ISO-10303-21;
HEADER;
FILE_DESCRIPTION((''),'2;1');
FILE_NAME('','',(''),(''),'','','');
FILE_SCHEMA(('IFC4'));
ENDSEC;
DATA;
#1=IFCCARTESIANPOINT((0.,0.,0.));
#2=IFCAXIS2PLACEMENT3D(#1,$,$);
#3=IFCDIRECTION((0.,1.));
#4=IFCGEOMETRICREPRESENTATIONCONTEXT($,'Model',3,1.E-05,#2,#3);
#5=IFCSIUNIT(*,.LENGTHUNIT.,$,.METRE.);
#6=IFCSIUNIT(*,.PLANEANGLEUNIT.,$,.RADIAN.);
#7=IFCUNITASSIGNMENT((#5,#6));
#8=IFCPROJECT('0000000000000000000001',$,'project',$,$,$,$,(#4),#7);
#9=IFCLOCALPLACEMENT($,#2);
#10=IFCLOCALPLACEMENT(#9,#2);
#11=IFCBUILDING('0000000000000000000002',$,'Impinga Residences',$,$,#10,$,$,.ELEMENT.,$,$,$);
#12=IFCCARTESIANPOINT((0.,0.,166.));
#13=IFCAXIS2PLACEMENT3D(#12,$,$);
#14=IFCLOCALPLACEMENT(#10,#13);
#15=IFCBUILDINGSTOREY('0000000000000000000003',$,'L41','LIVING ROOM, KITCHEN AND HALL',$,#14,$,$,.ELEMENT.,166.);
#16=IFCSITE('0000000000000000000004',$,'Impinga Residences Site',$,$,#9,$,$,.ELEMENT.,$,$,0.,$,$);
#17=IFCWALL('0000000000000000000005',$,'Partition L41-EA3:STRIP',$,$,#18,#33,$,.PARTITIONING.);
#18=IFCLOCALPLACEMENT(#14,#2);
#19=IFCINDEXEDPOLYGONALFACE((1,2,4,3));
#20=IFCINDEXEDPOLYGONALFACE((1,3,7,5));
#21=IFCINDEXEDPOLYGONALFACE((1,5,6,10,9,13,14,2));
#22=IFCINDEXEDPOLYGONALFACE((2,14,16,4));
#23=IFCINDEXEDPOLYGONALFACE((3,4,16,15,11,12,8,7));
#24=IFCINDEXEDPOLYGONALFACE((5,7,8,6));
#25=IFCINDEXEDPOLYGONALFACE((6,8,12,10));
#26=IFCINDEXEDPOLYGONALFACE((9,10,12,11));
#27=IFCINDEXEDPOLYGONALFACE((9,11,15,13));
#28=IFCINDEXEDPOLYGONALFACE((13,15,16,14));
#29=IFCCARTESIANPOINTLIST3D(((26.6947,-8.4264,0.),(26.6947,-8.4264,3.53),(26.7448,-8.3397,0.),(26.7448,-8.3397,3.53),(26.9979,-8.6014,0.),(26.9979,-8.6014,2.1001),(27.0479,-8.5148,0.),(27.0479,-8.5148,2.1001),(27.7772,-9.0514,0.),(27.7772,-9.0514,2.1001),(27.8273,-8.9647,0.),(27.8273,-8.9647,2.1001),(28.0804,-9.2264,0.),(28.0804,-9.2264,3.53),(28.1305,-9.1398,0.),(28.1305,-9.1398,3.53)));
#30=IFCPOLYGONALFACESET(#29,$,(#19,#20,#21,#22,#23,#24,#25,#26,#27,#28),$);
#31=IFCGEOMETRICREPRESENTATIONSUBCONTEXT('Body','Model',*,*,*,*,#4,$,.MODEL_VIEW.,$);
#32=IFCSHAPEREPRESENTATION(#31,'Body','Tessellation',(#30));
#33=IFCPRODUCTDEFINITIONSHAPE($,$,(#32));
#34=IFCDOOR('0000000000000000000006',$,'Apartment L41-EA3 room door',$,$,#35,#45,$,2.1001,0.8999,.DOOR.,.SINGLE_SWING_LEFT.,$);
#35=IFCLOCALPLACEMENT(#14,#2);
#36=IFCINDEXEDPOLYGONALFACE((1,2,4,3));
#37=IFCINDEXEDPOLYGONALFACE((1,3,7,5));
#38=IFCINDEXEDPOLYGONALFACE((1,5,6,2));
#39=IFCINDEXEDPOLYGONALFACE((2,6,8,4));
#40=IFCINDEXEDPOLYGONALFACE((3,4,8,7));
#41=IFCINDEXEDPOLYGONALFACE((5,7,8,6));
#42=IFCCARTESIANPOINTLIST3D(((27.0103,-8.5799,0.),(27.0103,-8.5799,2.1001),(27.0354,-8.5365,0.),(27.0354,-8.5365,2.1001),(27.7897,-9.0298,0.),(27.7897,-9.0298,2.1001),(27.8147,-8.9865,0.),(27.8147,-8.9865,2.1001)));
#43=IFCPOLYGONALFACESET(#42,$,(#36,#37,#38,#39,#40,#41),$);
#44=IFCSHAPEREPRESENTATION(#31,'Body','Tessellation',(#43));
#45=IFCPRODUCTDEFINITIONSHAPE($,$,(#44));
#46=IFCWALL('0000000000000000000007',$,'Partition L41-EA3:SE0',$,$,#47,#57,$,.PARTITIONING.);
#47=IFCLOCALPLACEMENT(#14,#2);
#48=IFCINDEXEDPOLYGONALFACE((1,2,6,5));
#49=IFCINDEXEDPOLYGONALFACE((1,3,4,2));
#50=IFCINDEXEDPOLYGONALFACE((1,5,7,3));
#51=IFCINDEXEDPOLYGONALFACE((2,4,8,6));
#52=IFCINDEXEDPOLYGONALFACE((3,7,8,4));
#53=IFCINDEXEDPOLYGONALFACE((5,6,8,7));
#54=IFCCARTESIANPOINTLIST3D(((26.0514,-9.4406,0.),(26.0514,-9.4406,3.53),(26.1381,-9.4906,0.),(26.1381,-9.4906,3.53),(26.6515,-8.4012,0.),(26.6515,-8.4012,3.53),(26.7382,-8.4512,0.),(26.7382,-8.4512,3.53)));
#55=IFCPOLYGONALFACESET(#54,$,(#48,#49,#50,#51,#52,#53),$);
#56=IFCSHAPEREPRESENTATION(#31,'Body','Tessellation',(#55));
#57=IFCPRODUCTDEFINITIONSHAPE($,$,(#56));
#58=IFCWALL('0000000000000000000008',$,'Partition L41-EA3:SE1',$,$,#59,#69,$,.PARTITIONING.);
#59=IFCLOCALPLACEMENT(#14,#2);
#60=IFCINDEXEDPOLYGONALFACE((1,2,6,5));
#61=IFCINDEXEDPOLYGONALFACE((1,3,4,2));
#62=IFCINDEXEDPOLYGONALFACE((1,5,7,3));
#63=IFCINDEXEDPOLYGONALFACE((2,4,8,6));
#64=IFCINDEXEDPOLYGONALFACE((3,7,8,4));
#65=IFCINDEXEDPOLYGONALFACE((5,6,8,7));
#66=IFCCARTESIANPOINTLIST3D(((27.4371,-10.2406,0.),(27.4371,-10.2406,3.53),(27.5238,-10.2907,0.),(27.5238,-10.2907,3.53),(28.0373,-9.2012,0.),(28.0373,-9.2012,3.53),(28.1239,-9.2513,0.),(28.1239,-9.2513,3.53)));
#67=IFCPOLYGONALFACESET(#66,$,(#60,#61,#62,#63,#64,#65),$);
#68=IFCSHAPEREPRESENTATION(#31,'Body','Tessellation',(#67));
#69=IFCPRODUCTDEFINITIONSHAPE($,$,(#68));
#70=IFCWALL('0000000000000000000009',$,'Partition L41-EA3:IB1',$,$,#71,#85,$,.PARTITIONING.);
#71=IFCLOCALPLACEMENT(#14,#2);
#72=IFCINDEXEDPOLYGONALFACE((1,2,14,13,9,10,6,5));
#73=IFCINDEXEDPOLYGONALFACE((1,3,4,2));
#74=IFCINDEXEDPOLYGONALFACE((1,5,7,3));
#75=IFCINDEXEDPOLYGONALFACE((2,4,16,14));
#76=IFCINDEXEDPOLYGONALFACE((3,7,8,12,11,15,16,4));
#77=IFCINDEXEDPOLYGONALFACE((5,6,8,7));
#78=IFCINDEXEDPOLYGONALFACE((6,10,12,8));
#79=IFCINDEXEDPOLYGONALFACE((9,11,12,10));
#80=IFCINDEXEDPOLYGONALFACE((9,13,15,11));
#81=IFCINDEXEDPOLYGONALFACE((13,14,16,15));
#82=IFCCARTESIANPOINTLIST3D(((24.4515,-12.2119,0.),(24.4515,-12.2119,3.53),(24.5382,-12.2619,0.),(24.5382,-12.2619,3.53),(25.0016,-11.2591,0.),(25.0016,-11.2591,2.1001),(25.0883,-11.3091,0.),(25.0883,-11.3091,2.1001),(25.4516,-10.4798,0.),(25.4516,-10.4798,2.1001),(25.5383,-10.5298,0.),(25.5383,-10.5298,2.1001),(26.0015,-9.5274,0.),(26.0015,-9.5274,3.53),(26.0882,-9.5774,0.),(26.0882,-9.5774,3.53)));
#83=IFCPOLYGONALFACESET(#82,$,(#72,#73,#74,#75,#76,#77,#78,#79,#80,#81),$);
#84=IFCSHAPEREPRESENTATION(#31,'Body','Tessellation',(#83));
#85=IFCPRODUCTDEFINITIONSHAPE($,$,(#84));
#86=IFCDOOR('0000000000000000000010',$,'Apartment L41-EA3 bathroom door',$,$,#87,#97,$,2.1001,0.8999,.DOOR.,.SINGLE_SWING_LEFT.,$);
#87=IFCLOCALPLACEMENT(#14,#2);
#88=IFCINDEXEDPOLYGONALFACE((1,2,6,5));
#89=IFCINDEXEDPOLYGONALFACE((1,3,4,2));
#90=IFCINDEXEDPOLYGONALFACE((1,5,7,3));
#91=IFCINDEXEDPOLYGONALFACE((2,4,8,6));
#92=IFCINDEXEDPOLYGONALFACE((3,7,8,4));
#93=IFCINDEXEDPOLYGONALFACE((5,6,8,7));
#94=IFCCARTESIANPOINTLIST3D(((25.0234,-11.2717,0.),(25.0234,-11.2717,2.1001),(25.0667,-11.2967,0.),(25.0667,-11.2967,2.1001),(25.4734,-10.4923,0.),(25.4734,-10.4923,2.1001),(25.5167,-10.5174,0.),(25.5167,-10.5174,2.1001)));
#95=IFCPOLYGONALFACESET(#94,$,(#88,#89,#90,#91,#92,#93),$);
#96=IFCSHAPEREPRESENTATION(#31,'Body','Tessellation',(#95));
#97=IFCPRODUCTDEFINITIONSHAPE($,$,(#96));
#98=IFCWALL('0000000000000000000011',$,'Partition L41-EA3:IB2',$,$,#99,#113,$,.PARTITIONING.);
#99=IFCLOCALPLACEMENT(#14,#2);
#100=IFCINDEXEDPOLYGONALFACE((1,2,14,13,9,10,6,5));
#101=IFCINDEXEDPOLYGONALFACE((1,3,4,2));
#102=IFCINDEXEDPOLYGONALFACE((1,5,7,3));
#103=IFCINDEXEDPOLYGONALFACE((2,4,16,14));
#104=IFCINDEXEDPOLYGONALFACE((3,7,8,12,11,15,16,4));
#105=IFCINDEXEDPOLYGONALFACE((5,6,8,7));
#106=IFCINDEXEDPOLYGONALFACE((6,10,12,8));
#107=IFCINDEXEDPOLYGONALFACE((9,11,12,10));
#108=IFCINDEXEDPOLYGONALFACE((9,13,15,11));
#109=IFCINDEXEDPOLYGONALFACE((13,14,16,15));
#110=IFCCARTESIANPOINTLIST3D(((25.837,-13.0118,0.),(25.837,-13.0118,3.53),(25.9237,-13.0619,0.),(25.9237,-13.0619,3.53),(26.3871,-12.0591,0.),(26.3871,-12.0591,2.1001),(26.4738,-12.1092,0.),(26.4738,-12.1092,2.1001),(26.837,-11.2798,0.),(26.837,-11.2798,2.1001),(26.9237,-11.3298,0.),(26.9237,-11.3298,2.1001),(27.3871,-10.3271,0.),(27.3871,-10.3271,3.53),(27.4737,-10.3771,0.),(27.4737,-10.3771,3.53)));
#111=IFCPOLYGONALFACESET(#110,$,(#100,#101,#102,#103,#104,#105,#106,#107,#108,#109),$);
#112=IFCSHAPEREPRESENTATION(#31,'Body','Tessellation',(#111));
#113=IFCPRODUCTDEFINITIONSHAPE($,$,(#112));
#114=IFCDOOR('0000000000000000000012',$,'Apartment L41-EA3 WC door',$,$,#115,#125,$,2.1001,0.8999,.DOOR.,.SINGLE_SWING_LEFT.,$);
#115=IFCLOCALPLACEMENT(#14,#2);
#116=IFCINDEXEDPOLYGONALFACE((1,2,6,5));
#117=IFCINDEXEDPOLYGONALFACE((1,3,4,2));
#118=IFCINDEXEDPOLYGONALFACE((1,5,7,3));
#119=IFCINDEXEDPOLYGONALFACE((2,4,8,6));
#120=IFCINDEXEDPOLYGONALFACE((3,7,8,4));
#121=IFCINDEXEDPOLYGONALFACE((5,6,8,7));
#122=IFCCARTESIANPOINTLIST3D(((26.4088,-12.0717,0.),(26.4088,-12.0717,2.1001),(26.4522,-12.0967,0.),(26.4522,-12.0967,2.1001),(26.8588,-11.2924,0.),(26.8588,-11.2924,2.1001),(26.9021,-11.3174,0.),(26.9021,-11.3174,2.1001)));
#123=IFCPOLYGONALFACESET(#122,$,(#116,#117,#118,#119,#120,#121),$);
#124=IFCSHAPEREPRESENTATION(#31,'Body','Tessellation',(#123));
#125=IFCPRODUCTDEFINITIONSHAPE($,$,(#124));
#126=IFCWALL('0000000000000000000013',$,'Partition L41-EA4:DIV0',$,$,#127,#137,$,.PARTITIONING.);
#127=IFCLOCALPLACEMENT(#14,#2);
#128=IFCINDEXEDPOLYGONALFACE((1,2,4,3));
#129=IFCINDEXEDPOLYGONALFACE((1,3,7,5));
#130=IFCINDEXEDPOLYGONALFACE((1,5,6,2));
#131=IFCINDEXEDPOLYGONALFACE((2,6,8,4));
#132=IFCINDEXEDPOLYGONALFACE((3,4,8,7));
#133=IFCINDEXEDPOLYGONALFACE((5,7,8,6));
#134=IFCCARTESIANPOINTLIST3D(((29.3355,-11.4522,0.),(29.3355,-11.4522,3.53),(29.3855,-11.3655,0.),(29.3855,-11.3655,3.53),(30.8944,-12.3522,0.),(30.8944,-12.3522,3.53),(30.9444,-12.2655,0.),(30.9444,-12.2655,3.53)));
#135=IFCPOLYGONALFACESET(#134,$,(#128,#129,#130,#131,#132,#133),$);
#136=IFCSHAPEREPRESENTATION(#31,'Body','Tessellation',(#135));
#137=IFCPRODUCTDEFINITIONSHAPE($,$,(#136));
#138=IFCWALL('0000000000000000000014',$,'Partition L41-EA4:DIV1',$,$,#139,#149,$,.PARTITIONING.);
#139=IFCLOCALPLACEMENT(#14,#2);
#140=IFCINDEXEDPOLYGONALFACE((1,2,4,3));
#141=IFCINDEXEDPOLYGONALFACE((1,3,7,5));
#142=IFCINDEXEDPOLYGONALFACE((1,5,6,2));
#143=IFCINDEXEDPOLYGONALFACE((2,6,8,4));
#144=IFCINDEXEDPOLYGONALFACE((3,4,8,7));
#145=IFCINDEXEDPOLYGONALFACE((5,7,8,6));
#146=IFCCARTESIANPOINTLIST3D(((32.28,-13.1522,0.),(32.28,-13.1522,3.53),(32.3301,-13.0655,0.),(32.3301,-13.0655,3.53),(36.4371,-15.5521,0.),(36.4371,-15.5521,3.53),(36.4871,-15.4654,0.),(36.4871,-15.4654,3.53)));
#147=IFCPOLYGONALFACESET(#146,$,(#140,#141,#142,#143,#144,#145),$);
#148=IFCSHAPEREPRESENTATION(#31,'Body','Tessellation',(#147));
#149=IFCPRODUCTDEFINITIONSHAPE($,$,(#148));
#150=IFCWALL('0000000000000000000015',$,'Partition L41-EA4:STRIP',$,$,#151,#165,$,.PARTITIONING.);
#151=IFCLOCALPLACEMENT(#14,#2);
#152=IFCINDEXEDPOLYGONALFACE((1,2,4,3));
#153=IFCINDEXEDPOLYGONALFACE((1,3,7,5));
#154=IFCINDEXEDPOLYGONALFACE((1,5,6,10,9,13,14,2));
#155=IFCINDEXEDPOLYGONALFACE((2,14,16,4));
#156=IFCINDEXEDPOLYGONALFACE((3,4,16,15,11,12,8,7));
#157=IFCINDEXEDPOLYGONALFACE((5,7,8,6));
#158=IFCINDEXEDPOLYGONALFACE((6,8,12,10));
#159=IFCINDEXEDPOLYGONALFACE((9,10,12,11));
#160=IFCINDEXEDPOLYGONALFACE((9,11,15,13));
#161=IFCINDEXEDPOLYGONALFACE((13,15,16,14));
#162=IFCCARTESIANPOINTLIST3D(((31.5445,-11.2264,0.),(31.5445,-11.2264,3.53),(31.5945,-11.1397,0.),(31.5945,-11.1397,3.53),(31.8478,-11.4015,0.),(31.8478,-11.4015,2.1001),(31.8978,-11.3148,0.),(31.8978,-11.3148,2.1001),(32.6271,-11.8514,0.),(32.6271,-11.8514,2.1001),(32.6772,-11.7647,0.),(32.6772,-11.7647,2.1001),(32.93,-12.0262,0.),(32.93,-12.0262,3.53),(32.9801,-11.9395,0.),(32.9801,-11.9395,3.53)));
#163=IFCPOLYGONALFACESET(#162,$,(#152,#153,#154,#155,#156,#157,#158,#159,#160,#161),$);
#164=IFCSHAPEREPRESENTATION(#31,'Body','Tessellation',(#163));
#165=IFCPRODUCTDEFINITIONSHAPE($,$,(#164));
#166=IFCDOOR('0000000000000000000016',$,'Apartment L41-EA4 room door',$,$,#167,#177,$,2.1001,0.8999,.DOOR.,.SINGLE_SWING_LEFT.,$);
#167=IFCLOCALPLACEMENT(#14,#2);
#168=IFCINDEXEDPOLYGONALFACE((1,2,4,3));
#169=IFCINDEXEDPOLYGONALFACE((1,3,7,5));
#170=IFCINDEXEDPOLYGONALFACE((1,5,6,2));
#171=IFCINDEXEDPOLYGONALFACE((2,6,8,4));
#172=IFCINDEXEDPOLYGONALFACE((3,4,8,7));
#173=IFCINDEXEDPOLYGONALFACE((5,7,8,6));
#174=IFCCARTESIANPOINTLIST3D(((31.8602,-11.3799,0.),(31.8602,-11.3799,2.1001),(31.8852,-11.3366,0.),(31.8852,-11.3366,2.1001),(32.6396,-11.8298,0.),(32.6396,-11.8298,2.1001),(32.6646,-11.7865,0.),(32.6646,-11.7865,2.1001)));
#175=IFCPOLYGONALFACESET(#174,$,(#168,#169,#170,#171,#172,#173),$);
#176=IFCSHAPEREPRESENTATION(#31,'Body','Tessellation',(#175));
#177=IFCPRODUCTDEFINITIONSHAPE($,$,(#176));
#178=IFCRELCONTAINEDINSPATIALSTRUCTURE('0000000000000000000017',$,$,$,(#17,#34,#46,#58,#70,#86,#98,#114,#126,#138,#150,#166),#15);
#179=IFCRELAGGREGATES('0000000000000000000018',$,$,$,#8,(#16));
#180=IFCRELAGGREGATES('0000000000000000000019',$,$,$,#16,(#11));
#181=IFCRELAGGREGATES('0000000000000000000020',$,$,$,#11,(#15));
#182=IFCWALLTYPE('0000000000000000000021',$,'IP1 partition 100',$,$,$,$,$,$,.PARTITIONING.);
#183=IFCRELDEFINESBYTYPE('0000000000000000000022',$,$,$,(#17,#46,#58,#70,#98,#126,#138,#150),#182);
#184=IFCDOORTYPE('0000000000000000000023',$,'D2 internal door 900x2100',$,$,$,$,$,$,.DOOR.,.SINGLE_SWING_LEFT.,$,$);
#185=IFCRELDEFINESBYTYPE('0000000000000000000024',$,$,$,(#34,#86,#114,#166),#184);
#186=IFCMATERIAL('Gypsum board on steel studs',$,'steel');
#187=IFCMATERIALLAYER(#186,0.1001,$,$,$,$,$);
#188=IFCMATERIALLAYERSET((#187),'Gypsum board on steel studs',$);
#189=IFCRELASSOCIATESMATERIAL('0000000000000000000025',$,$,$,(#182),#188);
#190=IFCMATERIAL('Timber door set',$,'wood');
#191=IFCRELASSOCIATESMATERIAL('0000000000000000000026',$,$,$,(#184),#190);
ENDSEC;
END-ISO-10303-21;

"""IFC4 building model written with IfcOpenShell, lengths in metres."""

from ifc_helpers import new_model, si_unit, direction, frame, frame_2d, origin, place, context, subcontext, project, spatial, rectangle, extrude, material, layer, layer_set, type_object, element, fill, save


model = new_model("IFC4")

# Units and contexts
model_context = context("Model", 3, precision=1e-05, world=origin(), true_north=direction((0.0, 1.0)))
body_context = subcontext(model_context, "Body", "Model", "MODEL_VIEW")
ifc_project = project(units=[si_unit("LENGTHUNIT", "METRE"), si_unit("PLANEANGLEUNIT", "RADIAN")], contexts=[model_context])

# Site, building, storey
site_placement = place(None, origin())
site = spatial("IfcSite", under=ifc_project, at=site_placement, Name="Impinga Residences Site", CompositionType="ELEMENT", RefElevation=0.0)
building_placement = place(site_placement, origin())
building = spatial("IfcBuilding", under=site, at=building_placement, Name="Impinga Residences", CompositionType="ELEMENT")
storey_placement = place(building_placement, frame((0.0, 0.0, 166.0)))
storey = spatial("IfcBuildingStorey", under=building, at=storey_placement, Name="L41", Description="LIVING ROOM, KITCHEN AND HALL", CompositionType="ELEMENT", Elevation=166.0)

# Shared definitions
ifc_material_1 = material(Name="Timber door set", Category="wood")

# Shared definitions
ifc_material_2 = material(Name="Gypsum board on steel studs", Category="steel")
ifc_layer_1 = layer(ifc_material_2, 0.1001)
ifc_layer_set_1 = layer_set([ifc_layer_1], Name="Gypsum board on steel studs")
wall_type_1 = type_object("IfcWallType", Name="IP1 partition 100", PredefinedType="PARTITIONING", material=ifc_layer_set_1)

# Wall, opening, door
wall_1_placement = place(storey_placement, frame((26.7197, -8.3831, 0.0), z_axis=(0.0, 0.0, 1.0), x_axis=(0.866028, -0.499995, 0.0)))
wall_1 = element("IfcWall", 1, at=wall_1_placement, inside=storey, type_object=wall_type_1, Name="Partition L41-EA3:STRIP", PredefinedType="PARTITIONING", context=body_context, shape_type="SweptSolid", body=[
    extrude(rectangle(XDim=1.6001, YDim=0.1001, at=frame_2d((0.8, 0.0))), origin(), (0.0, 0.0, 1.0), 3.53),
])
opening_1_placement = place(wall_1_placement, frame((0.3501, 0.0, 0.0)))
opening_1 = element("IfcOpeningElement", 2, at=opening_1_placement, cuts=wall_1, PredefinedType="OPENING", context=body_context, shape_type="SweptSolid", body=[
    extrude(rectangle(XDim=0.8999, YDim=2.1001, at=frame_2d((0.45, 1.05))), frame((0.0, 0.0601, 0.0), z_axis=(0.0, -1.0, 0.0), x_axis=(1.0, 0.0, 0.0)), (0.0, 0.0, 1.0), 0.1201),
])
door_type_1 = type_object("IfcDoorType", Name="D2 internal door 900x2100", OperationType="SINGLE_SWING_LEFT", PredefinedType="DOOR", material=ifc_material_1)
door_1_placement = place(opening_1_placement, origin())
door_1 = element("IfcDoor", 3, at=door_1_placement, inside=storey, type_object=door_type_1, Name="Apartment L41-EA3 room door", OperationType="SINGLE_SWING_LEFT", OverallHeight=2.1001, OverallWidth=0.8999, PredefinedType="DOOR", context=body_context, shape_type="SweptSolid", body=[
    extrude(rectangle(XDim=0.8999, YDim=2.1001, at=frame_2d((0.45, 1.05))), frame((0.0, 0.0249, 0.0), z_axis=(0.0, -1.0, 0.0), x_axis=(1.0, 0.0, 0.0)), (0.0, 0.0, 1.0), 0.05),
])
fill(opening_1, door_1)

# Walls
for number, where, z_axis, x_axis, name in (
    (4, (26.0947, -9.4656, 0.0), (0.0, 0.0, 1.0), (0.500034, 0.866006, 0.0), "Partition L41-EA3:SE0"),
    (5, (27.4805, -10.2656, 0.0), (0.0, 0.0, 1.0), (0.500034, 0.866006, 0.0), "Partition L41-EA3:SE1"),
):
    element("IfcWall", number, at=place(storey_placement, frame(where, z_axis=z_axis, x_axis=x_axis)), inside=storey, type_object=wall_type_1, Name=name, PredefinedType="PARTITIONING", context=body_context, shape_type="SweptSolid", body=[
        extrude(rectangle(XDim=1.2002, YDim=0.1001, at=frame_2d((0.6001, 0.0))), origin(), (0.0, 0.0, 1.0), 3.53),
    ])

# Walls, openings, doors
wall_2_placement = place(storey_placement, frame((24.4949, -12.2368, 0.0), z_axis=(0.0, 0.0, 1.0), x_axis=(0.500027, 0.86601, 0.0)))
wall_2 = element("IfcWall", 6, at=wall_2_placement, inside=storey, type_object=wall_type_1, Name="Partition L41-EA3:IB1", PredefinedType="PARTITIONING", context=body_context, shape_type="SweptSolid", body=[
    extrude(rectangle(XDim=3.0999, YDim=0.1001, at=frame_2d((1.5498, 0.0))), origin(), (0.0, 0.0, 1.0), 3.53),
])
opening_2_placement = place(wall_2_placement, frame((1.1001, 0.0, 0.0)))
opening_2 = element("IfcOpeningElement", 7, at=opening_2_placement, cuts=wall_2, PredefinedType="OPENING", context=body_context, shape_type="SweptSolid", body=[
    extrude(rectangle(XDim=0.8999, YDim=2.1001, at=frame_2d((0.45, 1.05))), frame((0.0, 0.0601, 0.0), z_axis=(0.0, -1.0, 0.0), x_axis=(1.0, 0.0, 0.0)), (0.0, 0.0, 1.0), 0.1201),
])
door_2_placement = place(opening_2_placement, origin())
door_2 = element("IfcDoor", 8, at=door_2_placement, inside=storey, type_object=door_type_1, Name="Apartment L41-EA3 bathroom door", OperationType="SINGLE_SWING_LEFT", OverallHeight=2.1001, OverallWidth=0.8999, PredefinedType="DOOR", context=body_context, shape_type="SweptSolid", body=[
    extrude(rectangle(XDim=0.8999, YDim=2.1001, at=frame_2d((0.45, 1.05))), frame((0.0, 0.0249, 0.0), z_axis=(0.0, -1.0, 0.0), x_axis=(1.0, 0.0, 0.0)), (0.0, 0.0, 1.0), 0.05),
])
fill(opening_2, door_2)
wall_3_placement = place(storey_placement, frame((25.8804, -13.0369, 0.0), z_axis=(0.0, 0.0, 1.0), x_axis=(0.499993, 0.86603, 0.0)))
wall_3 = element("IfcWall", 9, at=wall_3_placement, inside=storey, type_object=wall_type_1, Name="Partition L41-EA3:IB2", PredefinedType="PARTITIONING", context=body_context, shape_type="SweptSolid", body=[
    extrude(rectangle(XDim=3.1001, YDim=0.1001, at=frame_2d((1.55, 0.0))), origin(), (0.0, 0.0, 1.0), 3.53),
])
opening_3_placement = place(wall_3_placement, frame((1.1001, 0.0, 0.0)))
opening_3 = element("IfcOpeningElement", 10, at=opening_3_placement, cuts=wall_3, PredefinedType="OPENING", context=body_context, shape_type="SweptSolid", body=[
    extrude(rectangle(XDim=0.8999, YDim=2.1001, at=frame_2d((0.45, 1.05))), frame((0.0, 0.0601, 0.0), z_axis=(0.0, -1.0, 0.0), x_axis=(1.0, 0.0, 0.0)), (0.0, 0.0, 1.0), 0.1201),
])
door_3_placement = place(opening_3_placement, origin())
door_3 = element("IfcDoor", 11, at=door_3_placement, inside=storey, type_object=door_type_1, Name="Apartment L41-EA3 WC door", OperationType="SINGLE_SWING_LEFT", OverallHeight=2.1001, OverallWidth=0.8999, PredefinedType="DOOR", context=body_context, shape_type="SweptSolid", body=[
    extrude(rectangle(XDim=0.8999, YDim=2.1001, at=frame_2d((0.45, 1.05))), frame((0.0, 0.0249, 0.0), z_axis=(0.0, -1.0, 0.0), x_axis=(1.0, 0.0, 0.0)), (0.0, 0.0, 1.0), 0.05),
])
fill(opening_3, door_3)

# Walls
wall_4_placement = place(storey_placement, frame((29.3606, -11.4089, 0.0), z_axis=(0.0, 0.0, 1.0), x_axis=(0.866048, -0.499961, 0.0)))
element("IfcWall", 12, at=wall_4_placement, inside=storey, type_object=wall_type_1, Name="Partition L41-EA4:DIV0", PredefinedType="PARTITIONING", context=body_context, shape_type="SweptSolid", body=[
    extrude(rectangle(XDim=1.8, YDim=0.1001, at=frame_2d((0.8999, 0.0))), origin(), (0.0, 0.0, 1.0), 3.53),
])
wall_5_placement = place(storey_placement, frame((32.3052, -13.1089, 0.0), z_axis=(0.0, 0.0, 1.0), x_axis=(0.866037, -0.499979, 0.0)))
element("IfcWall", 13, at=wall_5_placement, inside=storey, type_object=wall_type_1, Name="Partition L41-EA4:DIV1", PredefinedType="PARTITIONING", context=body_context, shape_type="SweptSolid", body=[
    extrude(rectangle(XDim=4.8, YDim=0.1001, at=frame_2d((2.3999, 0.0))), origin(), (0.0, 0.0, 1.0), 3.53),
])

# Wall, opening, door
wall_6_placement = place(storey_placement, frame((31.5696, -11.1831, 0.0), z_axis=(0.0, 0.0, 1.0), x_axis=(0.866056, -0.499947, 0.0)))
wall_6 = element("IfcWall", 14, at=wall_6_placement, inside=storey, type_object=wall_type_1, Name="Partition L41-EA4:STRIP", PredefinedType="PARTITIONING", context=body_context, shape_type="SweptSolid", body=[
    extrude(rectangle(XDim=1.5999, YDim=0.1001, at=frame_2d((0.7998, 0.0))), origin(), (0.0, 0.0, 1.0), 3.53),
])
opening_4_placement = place(wall_6_placement, frame((0.3501, 0.0, 0.0)))
opening_4 = element("IfcOpeningElement", 15, at=opening_4_placement, cuts=wall_6, PredefinedType="OPENING", context=body_context, shape_type="SweptSolid", body=[
    extrude(rectangle(XDim=0.8999, YDim=2.1001, at=frame_2d((0.45, 1.05))), frame((0.0, 0.0601, 0.0), z_axis=(0.0, -1.0, 0.0), x_axis=(1.0, 0.0, 0.0)), (0.0, 0.0, 1.0), 0.1201),
])
door_4_placement = place(opening_4_placement, origin())
door_4 = element("IfcDoor", 16, at=door_4_placement, inside=storey, type_object=door_type_1, Name="Apartment L41-EA4 room door", OperationType="SINGLE_SWING_LEFT", OverallHeight=2.1001, OverallWidth=0.8999, PredefinedType="DOOR", context=body_context, shape_type="SweptSolid", body=[
    extrude(rectangle(XDim=0.8999, YDim=2.1001, at=frame_2d((0.45, 1.05))), frame((0.0, 0.0249, 0.0), z_axis=(0.0, -1.0, 0.0), x_axis=(1.0, 0.0, 0.0)), (0.0, 0.0, 1.0), 0.05),
])
fill(opening_4, door_4)

save(model, "model.ifc")
